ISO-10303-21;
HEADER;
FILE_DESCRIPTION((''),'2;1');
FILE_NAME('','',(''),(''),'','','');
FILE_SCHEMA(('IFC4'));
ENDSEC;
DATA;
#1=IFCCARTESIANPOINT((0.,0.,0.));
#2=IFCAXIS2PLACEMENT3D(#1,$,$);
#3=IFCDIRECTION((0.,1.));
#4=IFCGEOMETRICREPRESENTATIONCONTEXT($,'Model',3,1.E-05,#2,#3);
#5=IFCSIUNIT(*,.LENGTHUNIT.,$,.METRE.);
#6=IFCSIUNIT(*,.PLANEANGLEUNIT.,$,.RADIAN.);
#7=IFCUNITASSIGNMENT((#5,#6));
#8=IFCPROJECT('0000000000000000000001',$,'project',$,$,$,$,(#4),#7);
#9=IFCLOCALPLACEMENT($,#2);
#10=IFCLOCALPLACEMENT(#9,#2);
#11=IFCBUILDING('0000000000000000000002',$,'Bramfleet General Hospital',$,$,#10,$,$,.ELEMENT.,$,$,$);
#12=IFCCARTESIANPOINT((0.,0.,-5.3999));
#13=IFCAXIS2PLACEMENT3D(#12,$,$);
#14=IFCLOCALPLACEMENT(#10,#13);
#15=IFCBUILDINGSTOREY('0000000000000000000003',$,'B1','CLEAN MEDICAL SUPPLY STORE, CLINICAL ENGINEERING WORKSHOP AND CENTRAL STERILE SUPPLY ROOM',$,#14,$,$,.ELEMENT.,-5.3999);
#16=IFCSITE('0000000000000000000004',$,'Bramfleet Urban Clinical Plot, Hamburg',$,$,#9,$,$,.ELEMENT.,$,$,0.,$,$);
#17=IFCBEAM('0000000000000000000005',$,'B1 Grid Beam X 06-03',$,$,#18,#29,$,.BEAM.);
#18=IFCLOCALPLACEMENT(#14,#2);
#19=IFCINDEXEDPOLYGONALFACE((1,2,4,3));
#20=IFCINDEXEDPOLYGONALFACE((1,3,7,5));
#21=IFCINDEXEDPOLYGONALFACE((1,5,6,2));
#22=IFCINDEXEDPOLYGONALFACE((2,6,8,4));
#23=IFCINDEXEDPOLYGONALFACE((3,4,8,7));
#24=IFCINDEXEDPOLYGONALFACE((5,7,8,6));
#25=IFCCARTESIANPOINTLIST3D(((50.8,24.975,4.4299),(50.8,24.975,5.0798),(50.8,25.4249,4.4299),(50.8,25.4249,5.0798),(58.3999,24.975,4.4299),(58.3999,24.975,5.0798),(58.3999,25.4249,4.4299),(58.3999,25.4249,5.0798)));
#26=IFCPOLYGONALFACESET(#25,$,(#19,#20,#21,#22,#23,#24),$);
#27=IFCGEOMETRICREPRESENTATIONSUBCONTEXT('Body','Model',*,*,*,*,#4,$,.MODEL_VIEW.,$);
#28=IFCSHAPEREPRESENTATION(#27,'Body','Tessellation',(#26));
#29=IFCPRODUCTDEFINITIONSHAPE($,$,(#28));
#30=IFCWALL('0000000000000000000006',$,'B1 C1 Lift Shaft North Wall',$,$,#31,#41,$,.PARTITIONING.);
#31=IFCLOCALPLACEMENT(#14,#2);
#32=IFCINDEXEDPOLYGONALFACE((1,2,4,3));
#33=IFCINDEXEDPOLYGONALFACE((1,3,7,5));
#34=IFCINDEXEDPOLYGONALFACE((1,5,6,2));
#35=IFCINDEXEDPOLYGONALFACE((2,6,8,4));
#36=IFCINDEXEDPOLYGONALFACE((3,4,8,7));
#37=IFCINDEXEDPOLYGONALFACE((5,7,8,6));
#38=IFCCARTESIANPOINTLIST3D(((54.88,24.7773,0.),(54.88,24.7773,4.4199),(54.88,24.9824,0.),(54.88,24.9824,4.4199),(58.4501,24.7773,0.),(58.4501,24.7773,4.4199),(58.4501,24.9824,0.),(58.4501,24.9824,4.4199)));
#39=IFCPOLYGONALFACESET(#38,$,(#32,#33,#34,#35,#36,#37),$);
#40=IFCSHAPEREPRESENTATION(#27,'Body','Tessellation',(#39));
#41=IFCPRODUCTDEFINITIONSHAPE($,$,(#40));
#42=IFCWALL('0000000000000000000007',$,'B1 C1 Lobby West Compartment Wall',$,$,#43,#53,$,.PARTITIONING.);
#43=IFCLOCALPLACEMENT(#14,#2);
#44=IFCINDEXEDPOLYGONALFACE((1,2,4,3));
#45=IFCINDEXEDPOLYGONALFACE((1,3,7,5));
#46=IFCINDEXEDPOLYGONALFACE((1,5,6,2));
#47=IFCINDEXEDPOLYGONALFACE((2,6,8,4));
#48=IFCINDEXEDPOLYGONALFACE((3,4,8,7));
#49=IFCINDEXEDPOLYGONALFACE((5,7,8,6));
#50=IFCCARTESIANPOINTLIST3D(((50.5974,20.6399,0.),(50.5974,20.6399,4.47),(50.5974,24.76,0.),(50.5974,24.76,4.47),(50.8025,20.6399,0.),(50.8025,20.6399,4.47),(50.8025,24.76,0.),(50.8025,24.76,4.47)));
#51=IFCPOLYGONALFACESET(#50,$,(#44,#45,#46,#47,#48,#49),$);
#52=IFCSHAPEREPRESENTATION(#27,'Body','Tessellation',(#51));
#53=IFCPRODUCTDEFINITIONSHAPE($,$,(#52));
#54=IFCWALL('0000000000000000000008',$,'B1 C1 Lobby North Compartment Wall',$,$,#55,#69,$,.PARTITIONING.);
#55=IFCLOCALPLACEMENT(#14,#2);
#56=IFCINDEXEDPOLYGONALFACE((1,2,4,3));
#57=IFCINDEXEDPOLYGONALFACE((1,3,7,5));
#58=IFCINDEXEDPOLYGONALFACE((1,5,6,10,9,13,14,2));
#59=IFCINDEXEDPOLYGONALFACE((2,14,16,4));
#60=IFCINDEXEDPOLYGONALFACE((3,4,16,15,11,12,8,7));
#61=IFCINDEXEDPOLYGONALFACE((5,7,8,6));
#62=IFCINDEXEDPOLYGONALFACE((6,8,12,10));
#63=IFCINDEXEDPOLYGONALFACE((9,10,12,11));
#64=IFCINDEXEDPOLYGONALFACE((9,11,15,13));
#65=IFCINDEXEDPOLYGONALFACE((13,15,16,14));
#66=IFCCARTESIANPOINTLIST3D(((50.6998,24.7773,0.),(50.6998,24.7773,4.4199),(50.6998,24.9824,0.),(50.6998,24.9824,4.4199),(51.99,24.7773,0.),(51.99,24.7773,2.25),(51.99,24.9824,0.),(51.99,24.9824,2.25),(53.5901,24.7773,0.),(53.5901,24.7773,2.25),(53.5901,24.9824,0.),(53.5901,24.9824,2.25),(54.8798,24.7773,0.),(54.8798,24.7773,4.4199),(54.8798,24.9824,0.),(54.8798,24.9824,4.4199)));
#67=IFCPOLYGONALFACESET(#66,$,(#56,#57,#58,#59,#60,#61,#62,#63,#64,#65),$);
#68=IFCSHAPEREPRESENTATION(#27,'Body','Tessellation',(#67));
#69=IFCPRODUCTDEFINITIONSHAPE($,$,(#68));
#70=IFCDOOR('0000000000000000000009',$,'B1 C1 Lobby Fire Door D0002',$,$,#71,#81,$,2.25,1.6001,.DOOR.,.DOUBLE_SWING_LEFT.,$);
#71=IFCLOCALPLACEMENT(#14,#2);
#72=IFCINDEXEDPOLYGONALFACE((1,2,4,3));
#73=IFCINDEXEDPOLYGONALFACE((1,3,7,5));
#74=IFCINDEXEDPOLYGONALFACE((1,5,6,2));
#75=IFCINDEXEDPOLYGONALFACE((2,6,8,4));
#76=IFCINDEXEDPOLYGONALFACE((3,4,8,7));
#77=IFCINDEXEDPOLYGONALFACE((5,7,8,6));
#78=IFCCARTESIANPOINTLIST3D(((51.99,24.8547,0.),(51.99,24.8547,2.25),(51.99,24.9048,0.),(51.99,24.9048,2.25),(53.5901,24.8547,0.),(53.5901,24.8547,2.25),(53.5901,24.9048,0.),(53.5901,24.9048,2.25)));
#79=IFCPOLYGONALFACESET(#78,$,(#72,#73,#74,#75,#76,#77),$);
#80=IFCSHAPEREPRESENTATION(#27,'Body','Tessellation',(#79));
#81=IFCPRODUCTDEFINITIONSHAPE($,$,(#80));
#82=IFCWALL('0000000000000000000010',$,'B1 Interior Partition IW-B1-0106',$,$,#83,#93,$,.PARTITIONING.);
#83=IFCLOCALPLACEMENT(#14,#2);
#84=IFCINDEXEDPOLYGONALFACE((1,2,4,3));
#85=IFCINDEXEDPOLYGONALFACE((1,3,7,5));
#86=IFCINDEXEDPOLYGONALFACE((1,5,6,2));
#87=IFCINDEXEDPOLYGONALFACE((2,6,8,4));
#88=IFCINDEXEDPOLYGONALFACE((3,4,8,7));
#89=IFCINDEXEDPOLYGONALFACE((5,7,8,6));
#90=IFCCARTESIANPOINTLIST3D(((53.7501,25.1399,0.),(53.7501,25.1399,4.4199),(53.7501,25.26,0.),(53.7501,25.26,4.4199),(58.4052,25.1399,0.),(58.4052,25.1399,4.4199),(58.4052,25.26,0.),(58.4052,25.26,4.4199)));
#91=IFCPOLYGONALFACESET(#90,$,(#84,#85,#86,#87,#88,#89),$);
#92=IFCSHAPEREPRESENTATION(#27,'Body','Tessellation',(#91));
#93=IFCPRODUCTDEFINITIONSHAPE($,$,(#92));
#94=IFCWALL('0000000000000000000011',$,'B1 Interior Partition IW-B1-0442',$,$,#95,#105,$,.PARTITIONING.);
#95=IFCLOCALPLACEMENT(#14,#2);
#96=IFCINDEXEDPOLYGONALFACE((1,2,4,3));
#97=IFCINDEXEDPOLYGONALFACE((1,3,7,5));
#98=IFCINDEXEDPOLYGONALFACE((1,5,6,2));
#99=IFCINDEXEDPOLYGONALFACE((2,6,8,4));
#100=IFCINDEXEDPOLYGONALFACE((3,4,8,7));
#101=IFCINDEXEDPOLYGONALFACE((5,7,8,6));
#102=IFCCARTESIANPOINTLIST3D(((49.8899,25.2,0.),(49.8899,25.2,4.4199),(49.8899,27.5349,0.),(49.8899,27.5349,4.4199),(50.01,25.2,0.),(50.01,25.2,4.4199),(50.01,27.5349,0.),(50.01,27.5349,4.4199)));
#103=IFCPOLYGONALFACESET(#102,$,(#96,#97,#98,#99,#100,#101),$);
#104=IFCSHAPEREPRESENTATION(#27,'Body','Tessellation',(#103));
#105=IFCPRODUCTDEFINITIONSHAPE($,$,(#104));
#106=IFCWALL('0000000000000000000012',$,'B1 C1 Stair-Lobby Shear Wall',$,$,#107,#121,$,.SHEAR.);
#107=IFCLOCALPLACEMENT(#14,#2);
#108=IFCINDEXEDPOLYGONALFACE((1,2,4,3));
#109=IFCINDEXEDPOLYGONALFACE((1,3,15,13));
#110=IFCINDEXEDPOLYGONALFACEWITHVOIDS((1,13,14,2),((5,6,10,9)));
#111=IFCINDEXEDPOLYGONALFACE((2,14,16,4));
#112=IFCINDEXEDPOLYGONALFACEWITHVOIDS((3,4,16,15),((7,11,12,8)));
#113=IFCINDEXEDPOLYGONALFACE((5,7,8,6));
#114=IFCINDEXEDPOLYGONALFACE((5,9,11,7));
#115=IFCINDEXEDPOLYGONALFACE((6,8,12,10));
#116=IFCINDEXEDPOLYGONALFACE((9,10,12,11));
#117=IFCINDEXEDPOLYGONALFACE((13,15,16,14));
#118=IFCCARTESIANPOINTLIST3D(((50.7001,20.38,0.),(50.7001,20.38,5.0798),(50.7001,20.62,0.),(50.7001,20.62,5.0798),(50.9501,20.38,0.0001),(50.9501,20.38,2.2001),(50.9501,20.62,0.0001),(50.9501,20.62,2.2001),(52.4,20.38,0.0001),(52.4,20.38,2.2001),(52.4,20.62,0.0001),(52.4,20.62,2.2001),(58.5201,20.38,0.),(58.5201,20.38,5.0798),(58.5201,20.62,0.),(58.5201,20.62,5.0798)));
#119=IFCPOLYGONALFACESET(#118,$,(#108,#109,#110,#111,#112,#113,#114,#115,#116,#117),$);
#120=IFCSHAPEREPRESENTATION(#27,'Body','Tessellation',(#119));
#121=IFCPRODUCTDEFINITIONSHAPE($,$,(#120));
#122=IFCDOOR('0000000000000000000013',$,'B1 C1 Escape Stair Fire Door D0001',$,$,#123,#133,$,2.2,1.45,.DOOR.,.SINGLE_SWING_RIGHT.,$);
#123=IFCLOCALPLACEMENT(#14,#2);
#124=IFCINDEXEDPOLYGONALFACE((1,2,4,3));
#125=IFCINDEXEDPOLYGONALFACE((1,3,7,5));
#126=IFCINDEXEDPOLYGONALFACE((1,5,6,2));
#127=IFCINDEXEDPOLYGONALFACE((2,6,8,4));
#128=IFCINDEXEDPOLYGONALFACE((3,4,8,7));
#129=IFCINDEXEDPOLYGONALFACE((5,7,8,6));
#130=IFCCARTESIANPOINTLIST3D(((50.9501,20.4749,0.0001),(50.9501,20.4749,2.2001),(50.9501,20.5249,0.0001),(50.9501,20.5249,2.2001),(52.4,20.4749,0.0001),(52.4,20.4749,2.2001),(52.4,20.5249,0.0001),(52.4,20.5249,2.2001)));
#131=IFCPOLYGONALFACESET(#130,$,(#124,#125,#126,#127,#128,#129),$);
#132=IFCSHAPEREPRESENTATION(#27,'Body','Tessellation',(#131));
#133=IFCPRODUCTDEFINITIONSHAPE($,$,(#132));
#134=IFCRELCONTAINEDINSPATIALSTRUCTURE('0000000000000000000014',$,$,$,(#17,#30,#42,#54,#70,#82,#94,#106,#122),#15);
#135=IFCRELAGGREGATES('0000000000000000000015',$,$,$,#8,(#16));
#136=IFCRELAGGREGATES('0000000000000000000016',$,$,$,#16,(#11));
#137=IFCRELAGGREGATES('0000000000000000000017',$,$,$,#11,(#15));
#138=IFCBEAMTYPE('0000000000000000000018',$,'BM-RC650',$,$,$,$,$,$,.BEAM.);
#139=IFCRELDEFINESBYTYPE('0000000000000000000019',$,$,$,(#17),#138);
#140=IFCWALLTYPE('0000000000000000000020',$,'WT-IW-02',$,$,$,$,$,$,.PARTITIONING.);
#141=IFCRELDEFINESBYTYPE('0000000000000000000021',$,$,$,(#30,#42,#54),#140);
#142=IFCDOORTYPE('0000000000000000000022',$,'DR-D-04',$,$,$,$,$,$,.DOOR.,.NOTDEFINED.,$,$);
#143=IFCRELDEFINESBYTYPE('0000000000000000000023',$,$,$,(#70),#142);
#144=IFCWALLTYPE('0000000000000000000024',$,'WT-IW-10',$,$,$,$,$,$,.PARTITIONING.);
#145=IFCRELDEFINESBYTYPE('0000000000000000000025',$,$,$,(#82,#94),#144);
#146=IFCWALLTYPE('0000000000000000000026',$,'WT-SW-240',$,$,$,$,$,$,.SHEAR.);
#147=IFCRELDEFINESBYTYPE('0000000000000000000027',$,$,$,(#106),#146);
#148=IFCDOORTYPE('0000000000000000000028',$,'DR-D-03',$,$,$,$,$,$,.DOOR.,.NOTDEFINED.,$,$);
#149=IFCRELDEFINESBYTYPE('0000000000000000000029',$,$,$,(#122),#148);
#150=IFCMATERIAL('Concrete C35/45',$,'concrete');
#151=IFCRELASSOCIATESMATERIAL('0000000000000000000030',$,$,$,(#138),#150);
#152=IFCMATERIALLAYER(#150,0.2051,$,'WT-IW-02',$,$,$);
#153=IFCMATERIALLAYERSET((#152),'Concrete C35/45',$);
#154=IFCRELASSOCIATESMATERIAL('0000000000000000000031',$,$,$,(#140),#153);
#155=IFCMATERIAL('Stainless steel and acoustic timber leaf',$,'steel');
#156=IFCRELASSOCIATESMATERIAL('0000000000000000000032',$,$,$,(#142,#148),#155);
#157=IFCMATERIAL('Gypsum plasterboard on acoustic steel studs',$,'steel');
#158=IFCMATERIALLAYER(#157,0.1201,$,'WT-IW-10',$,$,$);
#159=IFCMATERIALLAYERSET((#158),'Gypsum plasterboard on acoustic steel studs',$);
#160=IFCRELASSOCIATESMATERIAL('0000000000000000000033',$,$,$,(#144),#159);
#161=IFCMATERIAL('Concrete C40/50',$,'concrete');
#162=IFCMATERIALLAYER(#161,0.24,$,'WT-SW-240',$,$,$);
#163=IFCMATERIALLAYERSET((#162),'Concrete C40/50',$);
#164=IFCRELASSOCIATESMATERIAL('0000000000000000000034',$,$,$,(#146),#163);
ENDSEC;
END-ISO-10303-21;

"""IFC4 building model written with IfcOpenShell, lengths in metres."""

from ifc_helpers import new_model, si_unit, direction, frame, frame_2d, origin, origin_2d, place, context, subcontext, project, spatial, rectangle, extrude, material, layer, layer_set, material_profile, profile_set, type_object, element, fill, save


model = new_model("IFC4")

# Units and contexts
model_context = context("Model", 3, precision=1e-05, world=origin(), true_north=direction((0.0, 1.0)))
body_context = subcontext(model_context, "Body", "Model", "MODEL_VIEW")
ifc_project = project(units=[si_unit("LENGTHUNIT", "METRE"), si_unit("PLANEANGLEUNIT", "RADIAN")], contexts=[model_context])

# Site, building, storey
site_placement = place(None, origin())
site = spatial("IfcSite", under=ifc_project, at=site_placement, Name="Bramfleet Urban Clinical Plot, Hamburg", CompositionType="ELEMENT", RefElevation=0.0)
building_placement = place(site_placement, origin())
building = spatial("IfcBuilding", under=site, at=building_placement, Name="Bramfleet General Hospital", CompositionType="ELEMENT")
storey_placement = place(building_placement, frame((0.0, 0.0, -5.3999)))
storey = spatial("IfcBuildingStorey", under=building, at=storey_placement, Name="B1", Description="CLEAN MEDICAL SUPPLY STORE, CLINICAL ENGINEERING WORKSHOP AND CENTRAL STERILE SUPPLY ROOM", CompositionType="ELEMENT", Elevation=-5.3999)

# Shared definitions
ifc_material_1 = material(Name="Concrete C35/45", Category="concrete")

# Shared definitions
ifc_material_2 = material(Name="Concrete C40/50", Category="concrete")

# Beam
ifc_material_profile_1 = material_profile(ifc_material_1, rectangle(XDim=0.45, YDim=0.6499, at=origin_2d()), Name="RC BM 650x450")
ifc_profile_set_1 = profile_set([ifc_material_profile_1], Name="Concrete C35/45")
beam_type = type_object("IfcBeamType", Name="BM-RC650", PredefinedType="BEAM", material=ifc_profile_set_1)
beam_placement = place(storey_placement, frame((50.8, 25.2, 4.7549), z_axis=(1.0, 0.0, 0.0), x_axis=(0.0, 1.0, 0.0)))
element("IfcBeam", 1, at=beam_placement, inside=storey, type_object=beam_type, Name="B1 Grid Beam X 06-03", PredefinedType="BEAM", context=body_context, shape_type="SweptSolid", body=[
    extrude(rectangle(XDim=0.45, YDim=0.6499, at=origin_2d()), origin(), (0.0, 0.0, 1.0), 7.5999),
])

# Shared definitions
ifc_layer_1 = layer(ifc_material_1, 0.2051, Name="WT-IW-02")
ifc_layer_set_1 = layer_set([ifc_layer_1], Name="Concrete C35/45")
wall_type_1 = type_object("IfcWallType", Name="WT-IW-02", PredefinedType="PARTITIONING", material=ifc_layer_set_1)

# Walls
wall_1_placement = place(storey_placement, frame((54.8799, 24.8799, 0.0), z_axis=(0.0, 0.0, 1.0), x_axis=(1.0, 0.0, 0.0)))
element("IfcWall", 2, at=wall_1_placement, inside=storey, type_object=wall_type_1, Name="B1 C1 Lift Shaft North Wall", PredefinedType="PARTITIONING", context=body_context, shape_type="SweptSolid", body=[
    extrude(rectangle(XDim=3.5701, YDim=0.2051, at=frame_2d((1.7852, 0.0))), origin(), (0.0, 0.0, 1.0), 4.4199),
])
wall_2_placement = place(storey_placement, frame((50.7, 20.6399, 0.0), z_axis=(0.0, 0.0, 1.0), x_axis=(0.0, 1.0, 0.0)))
element("IfcWall", 3, at=wall_2_placement, inside=storey, type_object=wall_type_1, Name="B1 C1 Lobby West Compartment Wall", PredefinedType="PARTITIONING", context=body_context, shape_type="SweptSolid", body=[
    extrude(rectangle(XDim=4.1201, YDim=0.2051, at=frame_2d((2.0601, 0.0))), origin(), (0.0, 0.0, 1.0), 4.47),
])

# Wall, opening, door
wall_3_placement = place(storey_placement, frame((50.7, 24.8799, 0.0), z_axis=(0.0, 0.0, 1.0), x_axis=(1.0, 0.0, 0.0)))
wall_3 = element("IfcWall", 4, at=wall_3_placement, inside=storey, type_object=wall_type_1, Name="B1 C1 Lobby North Compartment Wall", PredefinedType="PARTITIONING", context=body_context, shape_type="SweptSolid", body=[
    extrude(rectangle(XDim=4.1799, YDim=0.2051, at=frame_2d((2.0898, 0.0))), origin(), (0.0, 0.0, 1.0), 4.4199),
])
opening_1_placement = place(wall_3_placement, frame((1.29, 0.0, 0.0)))
opening_1 = element("IfcOpeningElement", 5, at=opening_1_placement, cuts=wall_3, PredefinedType="OPENING", context=body_context, shape_type="SweptSolid", body=[
    extrude(rectangle(XDim=1.6001, YDim=2.25, at=frame_2d((0.8, 1.125))), frame((0.0, 0.1125, 0.0), z_axis=(0.0, -1.0, 0.0), x_axis=(1.0, 0.0, 0.0)), (0.0, 0.0, 1.0), 0.2251),
])
ifc_material_3 = material(Name="Stainless steel and acoustic timber leaf", Category="steel")
door_type_1 = type_object("IfcDoorType", Name="DR-D-04", OperationType="NOTDEFINED", PredefinedType="DOOR", material=ifc_material_3)
door_1_placement = place(opening_1_placement, origin())
door_1 = element("IfcDoor", 6, at=door_1_placement, inside=storey, type_object=door_type_1, Name="B1 C1 Lobby Fire Door D0002", OperationType="DOUBLE_SWING_LEFT", OverallHeight=2.25, OverallWidth=1.6001, PredefinedType="DOOR", context=body_context, shape_type="SweptSolid", body=[
    extrude(rectangle(XDim=1.6001, YDim=2.25, at=frame_2d((0.8, 1.125))), frame((0.0, 0.0249, 0.0), z_axis=(0.0, -1.0, 0.0), x_axis=(1.0, 0.0, 0.0)), (0.0, 0.0, 1.0), 0.05),
])
fill(opening_1, door_1)

# Walls
ifc_material_4 = material(Name="Gypsum plasterboard on acoustic steel studs", Category="steel")
ifc_layer_2 = layer(ifc_material_4, 0.1201, Name="WT-IW-10")
ifc_layer_set_2 = layer_set([ifc_layer_2], Name="Gypsum plasterboard on acoustic steel studs")
wall_type_2 = type_object("IfcWallType", Name="WT-IW-10", PredefinedType="PARTITIONING", material=ifc_layer_set_2)
wall_4_placement = place(storey_placement, frame((53.75, 25.2, 0.0), z_axis=(0.0, 0.0, 1.0), x_axis=(1.0, 0.0, 0.0)))
element("IfcWall", 7, at=wall_4_placement, inside=storey, type_object=wall_type_2, Name="B1 Interior Partition IW-B1-0106", PredefinedType="PARTITIONING", context=body_context, shape_type="SweptSolid", body=[
    extrude(rectangle(XDim=4.655, YDim=0.1201, at=frame_2d((2.3276, 0.0))), origin(), (0.0, 0.0, 1.0), 4.4199),
])
wall_5_placement = place(storey_placement, frame((49.95, 25.2, 0.0), z_axis=(0.0, 0.0, 1.0), x_axis=(0.0, 1.0, 0.0)))
element("IfcWall", 8, at=wall_5_placement, inside=storey, type_object=wall_type_2, Name="B1 Interior Partition IW-B1-0442", PredefinedType="PARTITIONING", context=body_context, shape_type="SweptSolid", body=[
    extrude(rectangle(XDim=2.335, YDim=0.1201, at=frame_2d((1.1675, 0.0))), origin(), (0.0, 0.0, 1.0), 4.4199),
])

# Wall, opening, door
ifc_layer_3 = layer(ifc_material_2, 0.24, Name="WT-SW-240")
ifc_layer_set_3 = layer_set([ifc_layer_3], Name="Concrete C40/50")
wall_type_3 = type_object("IfcWallType", Name="WT-SW-240", PredefinedType="SHEAR", material=ifc_layer_set_3)
wall_6_placement = place(storey_placement, frame((50.7, 20.5, 0.0), z_axis=(0.0, 0.0, 1.0), x_axis=(1.0, 0.0, 0.0)))
wall_6 = element("IfcWall", 9, at=wall_6_placement, inside=storey, type_object=wall_type_3, Name="B1 C1 Stair-Lobby Shear Wall", PredefinedType="SHEAR", context=body_context, shape_type="SweptSolid", body=[
    extrude(rectangle(XDim=7.8201, YDim=0.24, at=frame_2d((3.9102, 0.0))), origin(), (0.0, 0.0, 1.0), 5.0798),
])
opening_2_placement = place(wall_6_placement, frame((0.25, 0.0, 0.0)))
opening_2 = element("IfcOpeningElement", 10, at=opening_2_placement, cuts=wall_6, PredefinedType="OPENING", context=body_context, shape_type="SweptSolid", body=[
    extrude(rectangle(XDim=1.45, YDim=2.2, at=frame_2d((0.7251, 1.1001))), frame((0.0, 0.1299, 0.0), z_axis=(0.0, -1.0, 0.0), x_axis=(1.0, 0.0, 0.0)), (0.0, 0.0, 1.0), 0.26),
])
door_type_2 = type_object("IfcDoorType", Name="DR-D-03", OperationType="NOTDEFINED", PredefinedType="DOOR", material=ifc_material_3)
door_2_placement = place(opening_2_placement, origin())
door_2 = element("IfcDoor", 11, at=door_2_placement, inside=storey, type_object=door_type_2, Name="B1 C1 Escape Stair Fire Door D0001", OperationType="SINGLE_SWING_RIGHT", OverallHeight=2.2, OverallWidth=1.45, PredefinedType="DOOR", context=body_context, shape_type="SweptSolid", body=[
    extrude(rectangle(XDim=1.45, YDim=2.2, at=frame_2d((0.7251, 1.1001))), frame((0.0, 0.0249, 0.0), z_axis=(0.0, -1.0, 0.0), x_axis=(1.0, 0.0, 0.0)), (0.0, 0.0, 1.0), 0.05),
])
fill(opening_2, door_2)

save(model, "model.ifc")
